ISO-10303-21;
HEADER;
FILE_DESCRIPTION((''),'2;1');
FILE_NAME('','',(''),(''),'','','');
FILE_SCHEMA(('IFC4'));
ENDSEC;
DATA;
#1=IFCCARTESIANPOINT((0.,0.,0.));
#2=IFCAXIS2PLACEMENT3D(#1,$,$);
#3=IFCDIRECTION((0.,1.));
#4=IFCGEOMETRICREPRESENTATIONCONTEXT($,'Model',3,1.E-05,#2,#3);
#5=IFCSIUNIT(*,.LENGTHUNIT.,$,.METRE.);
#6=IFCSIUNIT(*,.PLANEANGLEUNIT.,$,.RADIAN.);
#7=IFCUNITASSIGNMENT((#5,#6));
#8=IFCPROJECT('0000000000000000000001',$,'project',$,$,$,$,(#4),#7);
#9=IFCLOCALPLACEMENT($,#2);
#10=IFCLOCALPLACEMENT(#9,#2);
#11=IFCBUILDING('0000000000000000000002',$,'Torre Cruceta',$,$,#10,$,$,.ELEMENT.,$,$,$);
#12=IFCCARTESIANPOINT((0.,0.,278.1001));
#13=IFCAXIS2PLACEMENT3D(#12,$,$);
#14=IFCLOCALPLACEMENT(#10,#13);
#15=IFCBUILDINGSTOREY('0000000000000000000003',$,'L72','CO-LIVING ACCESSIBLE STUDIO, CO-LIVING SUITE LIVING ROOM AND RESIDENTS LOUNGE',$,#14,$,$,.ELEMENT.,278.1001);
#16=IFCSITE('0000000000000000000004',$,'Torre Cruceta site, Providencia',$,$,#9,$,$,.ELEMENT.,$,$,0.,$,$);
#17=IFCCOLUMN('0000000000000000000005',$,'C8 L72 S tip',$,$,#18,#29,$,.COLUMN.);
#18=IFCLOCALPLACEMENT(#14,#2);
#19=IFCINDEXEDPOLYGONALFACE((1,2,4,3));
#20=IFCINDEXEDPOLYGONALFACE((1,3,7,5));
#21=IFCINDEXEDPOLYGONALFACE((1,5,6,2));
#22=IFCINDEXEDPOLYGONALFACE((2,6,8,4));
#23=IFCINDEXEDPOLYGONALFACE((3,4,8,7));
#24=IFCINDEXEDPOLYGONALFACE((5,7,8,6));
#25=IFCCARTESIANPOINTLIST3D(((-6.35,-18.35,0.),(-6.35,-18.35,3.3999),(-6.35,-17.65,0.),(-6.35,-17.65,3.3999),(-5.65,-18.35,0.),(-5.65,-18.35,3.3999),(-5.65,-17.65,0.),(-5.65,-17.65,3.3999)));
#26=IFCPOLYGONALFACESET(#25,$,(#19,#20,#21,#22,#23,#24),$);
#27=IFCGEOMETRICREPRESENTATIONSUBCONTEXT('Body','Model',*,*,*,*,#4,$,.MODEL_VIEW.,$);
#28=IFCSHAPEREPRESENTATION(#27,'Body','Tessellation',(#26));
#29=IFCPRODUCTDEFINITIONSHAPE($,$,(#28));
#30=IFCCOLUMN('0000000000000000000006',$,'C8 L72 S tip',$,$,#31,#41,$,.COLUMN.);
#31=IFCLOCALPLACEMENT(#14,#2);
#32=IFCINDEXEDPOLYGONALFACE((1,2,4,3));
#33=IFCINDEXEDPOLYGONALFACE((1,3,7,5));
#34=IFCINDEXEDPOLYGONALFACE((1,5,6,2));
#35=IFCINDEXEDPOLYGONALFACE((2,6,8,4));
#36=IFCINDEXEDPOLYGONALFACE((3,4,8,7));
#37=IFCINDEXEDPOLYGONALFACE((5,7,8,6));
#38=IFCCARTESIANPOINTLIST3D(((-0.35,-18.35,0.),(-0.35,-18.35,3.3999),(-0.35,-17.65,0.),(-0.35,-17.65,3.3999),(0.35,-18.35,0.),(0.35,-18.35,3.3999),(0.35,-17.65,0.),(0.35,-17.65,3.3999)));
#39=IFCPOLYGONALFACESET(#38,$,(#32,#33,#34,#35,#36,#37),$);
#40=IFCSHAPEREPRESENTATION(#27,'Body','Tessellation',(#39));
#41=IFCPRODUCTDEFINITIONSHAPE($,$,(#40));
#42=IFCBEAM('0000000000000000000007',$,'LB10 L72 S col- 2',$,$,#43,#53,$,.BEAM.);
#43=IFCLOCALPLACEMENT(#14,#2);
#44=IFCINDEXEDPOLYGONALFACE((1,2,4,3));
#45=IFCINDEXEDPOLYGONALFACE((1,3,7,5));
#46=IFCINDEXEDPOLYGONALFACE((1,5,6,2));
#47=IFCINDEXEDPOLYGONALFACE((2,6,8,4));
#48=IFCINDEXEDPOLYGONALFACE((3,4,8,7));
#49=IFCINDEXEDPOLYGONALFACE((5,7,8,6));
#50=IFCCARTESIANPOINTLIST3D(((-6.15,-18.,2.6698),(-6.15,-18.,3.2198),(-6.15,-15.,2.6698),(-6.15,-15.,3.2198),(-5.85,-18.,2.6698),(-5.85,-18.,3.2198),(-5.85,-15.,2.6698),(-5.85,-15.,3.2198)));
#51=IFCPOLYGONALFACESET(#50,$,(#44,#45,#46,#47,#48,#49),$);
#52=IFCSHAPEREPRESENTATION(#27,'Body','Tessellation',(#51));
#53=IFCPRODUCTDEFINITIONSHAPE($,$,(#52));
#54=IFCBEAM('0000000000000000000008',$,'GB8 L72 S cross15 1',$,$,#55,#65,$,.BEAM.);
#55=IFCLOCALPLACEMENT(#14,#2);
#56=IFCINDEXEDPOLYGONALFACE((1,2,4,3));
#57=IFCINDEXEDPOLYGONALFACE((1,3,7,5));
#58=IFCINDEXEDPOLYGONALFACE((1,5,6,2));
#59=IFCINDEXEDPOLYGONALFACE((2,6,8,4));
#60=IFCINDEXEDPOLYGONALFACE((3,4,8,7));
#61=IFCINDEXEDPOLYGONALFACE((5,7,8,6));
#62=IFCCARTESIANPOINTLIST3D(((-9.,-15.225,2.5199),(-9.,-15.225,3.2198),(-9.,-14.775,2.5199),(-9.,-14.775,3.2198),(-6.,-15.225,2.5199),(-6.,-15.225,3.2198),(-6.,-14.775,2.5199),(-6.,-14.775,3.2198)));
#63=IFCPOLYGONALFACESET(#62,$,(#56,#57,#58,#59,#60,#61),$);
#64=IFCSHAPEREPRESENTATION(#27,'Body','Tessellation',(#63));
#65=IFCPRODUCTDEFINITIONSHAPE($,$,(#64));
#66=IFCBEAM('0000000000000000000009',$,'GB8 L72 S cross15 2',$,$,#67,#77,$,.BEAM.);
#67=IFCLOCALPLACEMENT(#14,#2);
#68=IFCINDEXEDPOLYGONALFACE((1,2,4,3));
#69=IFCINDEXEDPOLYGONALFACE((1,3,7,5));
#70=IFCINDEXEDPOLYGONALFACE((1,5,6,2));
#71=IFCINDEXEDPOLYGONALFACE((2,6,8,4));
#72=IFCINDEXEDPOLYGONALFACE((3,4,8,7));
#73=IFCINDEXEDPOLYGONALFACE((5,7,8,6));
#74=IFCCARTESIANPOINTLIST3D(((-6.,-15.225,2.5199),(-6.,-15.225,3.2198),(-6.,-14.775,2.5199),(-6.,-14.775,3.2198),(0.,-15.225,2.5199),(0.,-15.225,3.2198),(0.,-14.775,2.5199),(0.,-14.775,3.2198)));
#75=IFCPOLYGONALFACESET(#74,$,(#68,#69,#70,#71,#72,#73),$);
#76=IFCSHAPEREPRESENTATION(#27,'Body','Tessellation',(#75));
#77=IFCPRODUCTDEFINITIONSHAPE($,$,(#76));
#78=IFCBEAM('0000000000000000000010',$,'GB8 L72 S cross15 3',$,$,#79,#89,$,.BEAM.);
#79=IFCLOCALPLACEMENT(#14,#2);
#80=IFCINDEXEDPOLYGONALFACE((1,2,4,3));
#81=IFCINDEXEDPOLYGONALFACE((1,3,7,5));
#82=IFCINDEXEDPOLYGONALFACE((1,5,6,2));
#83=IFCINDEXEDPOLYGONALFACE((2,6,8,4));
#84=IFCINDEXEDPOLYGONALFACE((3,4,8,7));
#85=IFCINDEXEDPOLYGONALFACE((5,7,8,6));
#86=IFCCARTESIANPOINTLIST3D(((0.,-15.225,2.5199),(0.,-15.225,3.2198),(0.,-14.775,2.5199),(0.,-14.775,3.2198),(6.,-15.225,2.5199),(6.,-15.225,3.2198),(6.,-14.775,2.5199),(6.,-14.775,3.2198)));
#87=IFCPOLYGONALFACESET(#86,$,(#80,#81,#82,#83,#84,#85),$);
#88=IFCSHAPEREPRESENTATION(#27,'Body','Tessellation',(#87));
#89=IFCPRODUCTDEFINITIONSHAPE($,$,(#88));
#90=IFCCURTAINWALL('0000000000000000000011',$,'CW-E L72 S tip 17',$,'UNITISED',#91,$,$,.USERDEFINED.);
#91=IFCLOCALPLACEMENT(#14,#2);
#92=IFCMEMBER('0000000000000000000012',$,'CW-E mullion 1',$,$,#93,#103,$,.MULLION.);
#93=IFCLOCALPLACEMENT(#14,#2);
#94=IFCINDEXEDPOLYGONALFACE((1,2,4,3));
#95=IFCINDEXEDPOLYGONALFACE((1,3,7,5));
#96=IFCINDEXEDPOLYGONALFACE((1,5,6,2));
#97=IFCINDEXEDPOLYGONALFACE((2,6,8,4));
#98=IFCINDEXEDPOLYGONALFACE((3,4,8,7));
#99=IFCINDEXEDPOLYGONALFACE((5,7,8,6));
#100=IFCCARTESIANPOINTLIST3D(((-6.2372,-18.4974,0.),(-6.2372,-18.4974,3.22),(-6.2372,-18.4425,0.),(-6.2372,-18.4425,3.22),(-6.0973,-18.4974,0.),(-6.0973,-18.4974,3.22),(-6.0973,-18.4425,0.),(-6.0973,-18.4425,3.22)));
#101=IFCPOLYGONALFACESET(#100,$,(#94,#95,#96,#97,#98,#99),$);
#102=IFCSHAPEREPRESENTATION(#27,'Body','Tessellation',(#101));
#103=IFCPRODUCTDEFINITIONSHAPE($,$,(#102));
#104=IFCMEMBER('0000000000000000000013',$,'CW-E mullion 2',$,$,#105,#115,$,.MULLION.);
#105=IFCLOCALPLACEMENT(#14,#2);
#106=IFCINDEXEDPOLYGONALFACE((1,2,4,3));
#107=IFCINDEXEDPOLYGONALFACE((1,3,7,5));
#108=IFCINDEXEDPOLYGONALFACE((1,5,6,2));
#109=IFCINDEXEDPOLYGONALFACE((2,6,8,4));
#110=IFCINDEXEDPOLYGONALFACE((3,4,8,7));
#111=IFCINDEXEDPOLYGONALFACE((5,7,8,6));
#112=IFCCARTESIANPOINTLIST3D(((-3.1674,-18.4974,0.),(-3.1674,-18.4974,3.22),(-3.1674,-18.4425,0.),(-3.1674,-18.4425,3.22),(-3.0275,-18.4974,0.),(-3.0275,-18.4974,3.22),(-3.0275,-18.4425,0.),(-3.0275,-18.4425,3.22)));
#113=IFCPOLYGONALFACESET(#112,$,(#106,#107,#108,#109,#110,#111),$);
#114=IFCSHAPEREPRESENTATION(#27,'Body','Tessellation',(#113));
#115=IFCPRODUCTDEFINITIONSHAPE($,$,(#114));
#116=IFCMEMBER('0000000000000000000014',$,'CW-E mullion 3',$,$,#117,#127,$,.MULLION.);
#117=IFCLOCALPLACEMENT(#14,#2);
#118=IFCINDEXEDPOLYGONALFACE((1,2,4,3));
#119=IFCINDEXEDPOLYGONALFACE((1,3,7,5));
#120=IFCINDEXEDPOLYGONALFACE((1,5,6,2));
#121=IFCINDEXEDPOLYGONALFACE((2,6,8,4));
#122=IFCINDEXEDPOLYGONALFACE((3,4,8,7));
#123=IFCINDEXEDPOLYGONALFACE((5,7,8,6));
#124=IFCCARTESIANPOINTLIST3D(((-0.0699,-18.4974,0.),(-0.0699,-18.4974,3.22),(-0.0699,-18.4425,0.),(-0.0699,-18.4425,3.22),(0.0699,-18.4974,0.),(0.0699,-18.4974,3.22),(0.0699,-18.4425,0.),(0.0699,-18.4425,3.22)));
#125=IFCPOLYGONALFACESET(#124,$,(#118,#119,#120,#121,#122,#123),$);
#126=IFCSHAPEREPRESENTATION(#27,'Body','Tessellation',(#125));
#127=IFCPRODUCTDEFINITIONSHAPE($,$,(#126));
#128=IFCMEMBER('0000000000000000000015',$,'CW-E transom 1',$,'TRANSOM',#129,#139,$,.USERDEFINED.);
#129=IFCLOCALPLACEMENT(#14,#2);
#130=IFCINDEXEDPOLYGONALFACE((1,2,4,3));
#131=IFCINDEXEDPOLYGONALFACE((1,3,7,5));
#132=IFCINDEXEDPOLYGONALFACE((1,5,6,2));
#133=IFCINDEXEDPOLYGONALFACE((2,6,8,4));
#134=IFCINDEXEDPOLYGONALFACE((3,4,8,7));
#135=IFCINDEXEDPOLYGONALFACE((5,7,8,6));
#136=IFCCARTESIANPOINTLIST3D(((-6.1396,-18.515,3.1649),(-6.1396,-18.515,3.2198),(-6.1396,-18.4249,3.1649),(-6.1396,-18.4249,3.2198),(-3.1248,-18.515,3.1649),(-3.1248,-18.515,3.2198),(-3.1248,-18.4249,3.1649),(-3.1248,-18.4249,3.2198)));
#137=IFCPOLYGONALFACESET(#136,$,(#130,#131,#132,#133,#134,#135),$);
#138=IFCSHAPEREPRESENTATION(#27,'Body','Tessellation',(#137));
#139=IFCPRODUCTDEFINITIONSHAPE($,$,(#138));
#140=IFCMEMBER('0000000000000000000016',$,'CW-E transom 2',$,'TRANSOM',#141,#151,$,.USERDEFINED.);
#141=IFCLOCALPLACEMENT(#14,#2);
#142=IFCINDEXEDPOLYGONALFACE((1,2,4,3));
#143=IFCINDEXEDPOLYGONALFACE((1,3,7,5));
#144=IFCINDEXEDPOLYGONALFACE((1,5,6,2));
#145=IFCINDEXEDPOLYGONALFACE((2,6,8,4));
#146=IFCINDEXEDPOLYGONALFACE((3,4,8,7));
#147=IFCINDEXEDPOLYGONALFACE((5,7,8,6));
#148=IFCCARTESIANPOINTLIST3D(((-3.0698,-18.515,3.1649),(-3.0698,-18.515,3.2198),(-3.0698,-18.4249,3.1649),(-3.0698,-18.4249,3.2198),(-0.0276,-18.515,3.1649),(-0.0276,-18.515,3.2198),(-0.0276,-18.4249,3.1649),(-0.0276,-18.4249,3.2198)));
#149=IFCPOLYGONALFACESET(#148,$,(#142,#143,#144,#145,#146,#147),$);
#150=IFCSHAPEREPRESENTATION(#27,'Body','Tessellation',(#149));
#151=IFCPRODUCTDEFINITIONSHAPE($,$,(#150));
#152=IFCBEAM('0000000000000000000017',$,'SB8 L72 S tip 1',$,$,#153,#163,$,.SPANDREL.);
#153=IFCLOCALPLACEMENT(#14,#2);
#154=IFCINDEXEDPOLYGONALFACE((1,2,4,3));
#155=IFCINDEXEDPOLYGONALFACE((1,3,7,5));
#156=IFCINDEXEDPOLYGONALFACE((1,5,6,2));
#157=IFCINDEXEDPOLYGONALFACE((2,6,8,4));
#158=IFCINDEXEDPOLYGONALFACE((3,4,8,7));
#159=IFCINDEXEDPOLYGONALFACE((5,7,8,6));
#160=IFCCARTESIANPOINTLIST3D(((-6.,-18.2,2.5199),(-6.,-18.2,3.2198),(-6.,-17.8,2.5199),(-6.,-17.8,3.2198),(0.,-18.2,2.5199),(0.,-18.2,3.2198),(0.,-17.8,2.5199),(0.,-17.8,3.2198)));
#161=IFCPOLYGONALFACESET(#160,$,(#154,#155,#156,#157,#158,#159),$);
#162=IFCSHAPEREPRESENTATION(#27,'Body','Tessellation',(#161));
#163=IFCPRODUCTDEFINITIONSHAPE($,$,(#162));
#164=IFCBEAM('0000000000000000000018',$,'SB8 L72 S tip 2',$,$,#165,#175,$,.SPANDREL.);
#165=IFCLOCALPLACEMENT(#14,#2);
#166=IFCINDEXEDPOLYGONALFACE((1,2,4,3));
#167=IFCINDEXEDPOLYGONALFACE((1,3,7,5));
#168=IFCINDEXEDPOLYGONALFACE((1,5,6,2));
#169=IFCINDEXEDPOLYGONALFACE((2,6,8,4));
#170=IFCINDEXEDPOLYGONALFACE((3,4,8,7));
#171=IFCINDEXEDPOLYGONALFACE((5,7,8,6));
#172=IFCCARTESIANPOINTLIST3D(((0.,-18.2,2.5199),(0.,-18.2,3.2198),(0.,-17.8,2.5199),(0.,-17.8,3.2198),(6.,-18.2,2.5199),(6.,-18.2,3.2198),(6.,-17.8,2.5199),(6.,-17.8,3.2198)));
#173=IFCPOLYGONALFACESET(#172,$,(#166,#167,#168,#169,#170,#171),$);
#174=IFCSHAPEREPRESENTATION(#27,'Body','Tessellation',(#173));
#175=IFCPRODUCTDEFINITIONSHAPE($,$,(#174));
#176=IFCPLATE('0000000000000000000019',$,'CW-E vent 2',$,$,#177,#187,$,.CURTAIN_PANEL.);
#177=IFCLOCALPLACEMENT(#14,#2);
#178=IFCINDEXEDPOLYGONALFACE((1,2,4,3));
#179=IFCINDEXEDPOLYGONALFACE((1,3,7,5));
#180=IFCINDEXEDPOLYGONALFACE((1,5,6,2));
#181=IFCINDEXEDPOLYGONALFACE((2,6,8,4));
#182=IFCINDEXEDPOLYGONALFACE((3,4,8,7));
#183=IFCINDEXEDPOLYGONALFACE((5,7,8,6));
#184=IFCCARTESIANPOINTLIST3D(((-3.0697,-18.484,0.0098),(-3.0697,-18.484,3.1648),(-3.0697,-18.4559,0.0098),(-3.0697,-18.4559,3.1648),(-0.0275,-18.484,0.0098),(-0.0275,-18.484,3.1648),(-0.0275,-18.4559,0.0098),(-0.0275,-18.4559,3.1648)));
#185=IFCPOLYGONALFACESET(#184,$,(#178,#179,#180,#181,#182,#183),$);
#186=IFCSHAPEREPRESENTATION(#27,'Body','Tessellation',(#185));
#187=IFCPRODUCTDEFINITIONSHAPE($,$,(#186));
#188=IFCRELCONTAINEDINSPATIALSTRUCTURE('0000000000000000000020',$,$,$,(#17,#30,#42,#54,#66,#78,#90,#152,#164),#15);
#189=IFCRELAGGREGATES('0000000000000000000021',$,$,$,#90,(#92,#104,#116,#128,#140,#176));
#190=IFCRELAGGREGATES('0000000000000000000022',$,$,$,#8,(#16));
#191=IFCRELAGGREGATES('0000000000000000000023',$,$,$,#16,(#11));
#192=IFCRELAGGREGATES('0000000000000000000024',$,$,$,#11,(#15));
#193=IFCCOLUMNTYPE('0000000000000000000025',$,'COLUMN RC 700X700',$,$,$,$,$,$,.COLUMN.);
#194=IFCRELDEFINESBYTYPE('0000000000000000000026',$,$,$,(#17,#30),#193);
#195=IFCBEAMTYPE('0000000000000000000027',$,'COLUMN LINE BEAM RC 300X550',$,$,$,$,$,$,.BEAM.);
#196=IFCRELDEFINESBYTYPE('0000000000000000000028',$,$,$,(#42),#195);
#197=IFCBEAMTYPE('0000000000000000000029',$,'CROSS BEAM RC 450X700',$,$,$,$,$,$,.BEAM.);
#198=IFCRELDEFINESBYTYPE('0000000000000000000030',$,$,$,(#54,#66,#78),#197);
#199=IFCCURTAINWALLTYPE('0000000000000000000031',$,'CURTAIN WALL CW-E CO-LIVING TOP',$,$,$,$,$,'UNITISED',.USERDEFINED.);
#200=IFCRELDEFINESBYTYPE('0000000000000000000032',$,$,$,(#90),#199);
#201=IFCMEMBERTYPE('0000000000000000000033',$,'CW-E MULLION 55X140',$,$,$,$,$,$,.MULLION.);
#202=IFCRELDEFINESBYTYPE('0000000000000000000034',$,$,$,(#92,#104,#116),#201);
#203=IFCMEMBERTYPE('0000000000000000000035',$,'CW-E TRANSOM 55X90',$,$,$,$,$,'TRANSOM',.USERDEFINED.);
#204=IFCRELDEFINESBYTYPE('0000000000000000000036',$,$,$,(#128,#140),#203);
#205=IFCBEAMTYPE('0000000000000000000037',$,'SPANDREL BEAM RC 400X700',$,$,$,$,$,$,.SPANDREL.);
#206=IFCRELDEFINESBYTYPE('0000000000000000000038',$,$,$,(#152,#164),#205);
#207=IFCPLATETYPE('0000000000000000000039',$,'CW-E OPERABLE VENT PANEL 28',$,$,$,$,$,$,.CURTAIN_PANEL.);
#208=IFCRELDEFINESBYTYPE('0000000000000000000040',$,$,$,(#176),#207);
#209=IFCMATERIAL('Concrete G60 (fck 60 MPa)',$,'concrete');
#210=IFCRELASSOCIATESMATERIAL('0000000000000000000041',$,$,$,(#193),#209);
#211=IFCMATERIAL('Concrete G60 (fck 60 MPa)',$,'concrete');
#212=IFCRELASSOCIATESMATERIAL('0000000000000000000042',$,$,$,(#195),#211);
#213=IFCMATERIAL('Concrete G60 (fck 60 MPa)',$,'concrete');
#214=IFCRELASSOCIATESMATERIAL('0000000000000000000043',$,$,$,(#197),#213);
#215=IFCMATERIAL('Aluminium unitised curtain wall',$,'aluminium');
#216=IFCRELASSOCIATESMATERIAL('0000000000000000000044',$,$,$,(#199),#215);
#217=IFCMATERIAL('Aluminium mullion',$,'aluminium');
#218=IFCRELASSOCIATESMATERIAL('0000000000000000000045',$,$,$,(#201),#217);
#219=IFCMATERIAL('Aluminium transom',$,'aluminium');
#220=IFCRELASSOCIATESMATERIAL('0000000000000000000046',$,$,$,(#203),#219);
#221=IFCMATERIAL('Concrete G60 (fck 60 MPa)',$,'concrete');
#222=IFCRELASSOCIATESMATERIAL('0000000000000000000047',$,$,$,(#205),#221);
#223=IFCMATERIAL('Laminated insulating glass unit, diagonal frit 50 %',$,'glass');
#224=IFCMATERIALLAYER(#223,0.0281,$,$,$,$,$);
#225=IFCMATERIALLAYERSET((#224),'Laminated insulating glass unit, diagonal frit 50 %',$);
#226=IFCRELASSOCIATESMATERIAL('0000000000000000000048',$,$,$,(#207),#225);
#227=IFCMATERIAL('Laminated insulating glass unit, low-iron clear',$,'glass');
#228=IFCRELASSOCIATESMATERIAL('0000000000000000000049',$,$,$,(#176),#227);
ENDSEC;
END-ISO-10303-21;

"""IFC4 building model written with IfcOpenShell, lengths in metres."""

from ifc_helpers import new_model, si_unit, direction, frame, origin, origin_2d, place, context, subcontext, project, spatial, rectangle, extrude, material, layer, layer_set, material_profile, profile_set, type_object, element, aggregate, save


model = new_model("IFC4")

# Units and contexts
model_context = context("Model", 3, precision=1e-05, world=origin(), true_north=direction((0.0, 1.0)))
body_context = subcontext(model_context, "Body", "Model", "MODEL_VIEW")
ifc_project = project(units=[si_unit("LENGTHUNIT", "METRE"), si_unit("PLANEANGLEUNIT", "RADIAN")], contexts=[model_context])

# Site, building, storey
site_placement = place(None, origin())
site = spatial("IfcSite", under=ifc_project, at=site_placement, Name="Torre Cruceta site, Providencia", CompositionType="ELEMENT", RefElevation=0.0)
building_placement = place(site_placement, origin())
building = spatial("IfcBuilding", under=site, at=building_placement, Name="Torre Cruceta", CompositionType="ELEMENT")
storey_placement = place(building_placement, frame((0.0, 0.0, 278.1001)))
storey = spatial("IfcBuildingStorey", under=building, at=storey_placement, Name="L72", Description="CO-LIVING ACCESSIBLE STUDIO, CO-LIVING SUITE LIVING ROOM AND RESIDENTS LOUNGE", CompositionType="ELEMENT", Elevation=278.1001)

# Columns
ifc_material_1 = material(Name="Concrete G60 (fck 60 MPa)", Category="concrete")
ifc_material_profile_1 = material_profile(ifc_material_1, rectangle(XDim=0.7, YDim=0.7, at=origin_2d()), Name="RC 700X700")
ifc_profile_set_1 = profile_set([ifc_material_profile_1], Name="Concrete G60 (fck 60 MPa)")
column_type = type_object("IfcColumnType", Name="COLUMN RC 700X700", PredefinedType="COLUMN", material=ifc_profile_set_1)
for number, where, z_axis, x_axis, name in (
    (1, (-6.0, -18.0, 0.0), (0.0, 0.0, 1.0), (1.0, 0.0, 0.0), "C8 L72 S tip"),
    (2, (0.0, -18.0, 0.0), (0.0, 0.0, 1.0), (1.0, 0.0, 0.0), "C8 L72 S tip"),
):
    element("IfcColumn", number, at=place(storey_placement, frame(where, z_axis=z_axis, x_axis=x_axis)), inside=storey, type_object=column_type, Name=name, PredefinedType="COLUMN", context=body_context, shape_type="SweptSolid", body=[
        extrude(rectangle(XDim=0.7, YDim=0.7, at=origin_2d()), origin(), (0.0, 0.0, 1.0), 3.3999),
    ])

# Beams
ifc_material_2 = material(Name="Concrete G60 (fck 60 MPa)", Category="concrete")
ifc_material_profile_2 = material_profile(ifc_material_2, rectangle(XDim=0.3, YDim=0.55, at=origin_2d()), Name="RC 300X550")
ifc_profile_set_2 = profile_set([ifc_material_profile_2], Name="Concrete G60 (fck 60 MPa)")
beam_type_1 = type_object("IfcBeamType", Name="COLUMN LINE BEAM RC 300X550", PredefinedType="BEAM", material=ifc_profile_set_2)
beam_1_placement = place(storey_placement, frame((-6.0, -15.0, 2.9448), z_axis=(0.0, -1.0, 0.0), x_axis=(1.0, 0.0, 0.0)))
element("IfcBeam", 3, at=beam_1_placement, inside=storey, type_object=beam_type_1, Name="LB10 L72 S col- 2", PredefinedType="BEAM", context=body_context, shape_type="SweptSolid", body=[
    extrude(rectangle(XDim=0.3, YDim=0.55, at=origin_2d()), origin(), (0.0, 0.0, 1.0), 3.0),
])
ifc_material_3 = material(Name="Concrete G60 (fck 60 MPa)", Category="concrete")
ifc_material_profile_3 = material_profile(ifc_material_3, rectangle(XDim=0.45, YDim=0.7, at=origin_2d()), Name="RC 450X700")
ifc_profile_set_3 = profile_set([ifc_material_profile_3], Name="Concrete G60 (fck 60 MPa)")
beam_type_2 = type_object("IfcBeamType", Name="CROSS BEAM RC 450X700", PredefinedType="BEAM", material=ifc_profile_set_3)
beam_2_placement = place(storey_placement, frame((-9.0, -15.0, 2.8699), z_axis=(1.0, 0.0, 0.0), x_axis=(0.0, 1.0, 0.0)))
element("IfcBeam", 4, at=beam_2_placement, inside=storey, type_object=beam_type_2, Name="GB8 L72 S cross15 1", PredefinedType="BEAM", context=body_context, shape_type="SweptSolid", body=[
    extrude(rectangle(XDim=0.45, YDim=0.7, at=origin_2d()), origin(), (0.0, 0.0, 1.0), 3.0),
])
for number, where, z_axis, x_axis, name in (
    (5, (-6.0, -15.0, 2.8699), (1.0, 0.0, 0.0), (0.0, 1.0, 0.0), "GB8 L72 S cross15 2"),
    (6, (0.0, -15.0, 2.8699), (1.0, 0.0, 0.0), (0.0, 1.0, 0.0), "GB8 L72 S cross15 3"),
):
    element("IfcBeam", number, at=place(storey_placement, frame(where, z_axis=z_axis, x_axis=x_axis)), inside=storey, type_object=beam_type_2, Name=name, PredefinedType="BEAM", context=body_context, shape_type="SweptSolid", body=[
        extrude(rectangle(XDim=0.45, YDim=0.7, at=origin_2d()), origin(), (0.0, 0.0, 1.0), 6.0),
    ])

# Curtain wall, members
ifc_material_4 = material(Name="Aluminium unitised curtain wall", Category="aluminium")
curtain_wall_type = type_object("IfcCurtainWallType", Name="CURTAIN WALL CW-E CO-LIVING TOP", ElementType="UNITISED", PredefinedType="USERDEFINED", material=ifc_material_4)
curtain_wall_placement = place(storey_placement, origin())
curtain_wall = element("IfcCurtainWall", 7, at=curtain_wall_placement, inside=storey, type_object=curtain_wall_type, Name="CW-E L72 S tip 17", ObjectType="UNITISED", PredefinedType="USERDEFINED")
ifc_material_5 = material(Name="Aluminium mullion", Category="aluminium")
ifc_material_profile_4 = material_profile(ifc_material_5, rectangle(XDim=0.0549, YDim=0.1399, at=origin_2d()), Name="AL 55X140")
ifc_profile_set_4 = profile_set([ifc_material_profile_4], Name="Aluminium mullion")
member_type_1 = type_object("IfcMemberType", Name="CW-E MULLION 55X140", PredefinedType="MULLION", material=ifc_profile_set_4)
member_1_placement = place(storey_placement, frame((-6.1672, -18.47, 0.0), z_axis=(0.0, 0.0, 1.0), x_axis=(0.0, 1.0, 0.0)))
member_1 = element("IfcMember", 8, at=member_1_placement, type_object=member_type_1, Name="CW-E mullion 1", PredefinedType="MULLION", context=body_context, shape_type="SweptSolid", body=[
    extrude(rectangle(XDim=0.0549, YDim=0.1399, at=origin_2d()), origin(), (0.0, 0.0, 1.0), 3.22),
])
member_2_placement = place(storey_placement, frame((-3.0974, -18.47, 0.0), z_axis=(0.0, 0.0, 1.0), x_axis=(0.0, 1.0, 0.0)))
member_2 = element("IfcMember", 9, at=member_2_placement, type_object=member_type_1, Name="CW-E mullion 2", PredefinedType="MULLION", context=body_context, shape_type="SweptSolid", body=[
    extrude(rectangle(XDim=0.0549, YDim=0.1399, at=origin_2d()), origin(), (0.0, 0.0, 1.0), 3.22),
])
member_3_placement = place(storey_placement, frame((0.0, -18.47, 0.0), z_axis=(0.0, 0.0, 1.0), x_axis=(0.0, 1.0, 0.0)))
member_3 = element("IfcMember", 10, at=member_3_placement, type_object=member_type_1, Name="CW-E mullion 3", PredefinedType="MULLION", context=body_context, shape_type="SweptSolid", body=[
    extrude(rectangle(XDim=0.0549, YDim=0.1399, at=origin_2d()), origin(), (0.0, 0.0, 1.0), 3.22),
])
ifc_material_6 = material(Name="Aluminium transom", Category="aluminium")
ifc_material_profile_5 = material_profile(ifc_material_6, rectangle(XDim=0.0901, YDim=0.0549, at=origin_2d()), Name="AL 90X55")
ifc_profile_set_5 = profile_set([ifc_material_profile_5], Name="Aluminium transom")
member_type_2 = type_object("IfcMemberType", Name="CW-E TRANSOM 55X90", ElementType="TRANSOM", PredefinedType="USERDEFINED", material=ifc_profile_set_5)
member_4_placement = place(storey_placement, frame((-6.1396, -18.47, 3.1924), z_axis=(1.0, 0.0, 0.0), x_axis=(0.0, 1.0, 0.0)))
member_4 = element("IfcMember", 11, at=member_4_placement, type_object=member_type_2, Name="CW-E transom 1", ObjectType="TRANSOM", PredefinedType="USERDEFINED", context=body_context, shape_type="SweptSolid", body=[
    extrude(rectangle(XDim=0.0901, YDim=0.0549, at=origin_2d()), origin(), (0.0, 0.0, 1.0), 3.0149),
])
member_5_placement = place(storey_placement, frame((-3.0698, -18.47, 3.1924), z_axis=(1.0, 0.0, 0.0), x_axis=(0.0, 1.0, 0.0)))
member_5 = element("IfcMember", 12, at=member_5_placement, type_object=member_type_2, Name="CW-E transom 2", ObjectType="TRANSOM", PredefinedType="USERDEFINED", context=body_context, shape_type="SweptSolid", body=[
    extrude(rectangle(XDim=0.0901, YDim=0.0549, at=origin_2d()), origin(), (0.0, 0.0, 1.0), 3.0422),
])

# Beams
ifc_material_7 = material(Name="Concrete G60 (fck 60 MPa)", Category="concrete")
ifc_material_profile_6 = material_profile(ifc_material_7, rectangle(XDim=0.3999, YDim=0.7, at=origin_2d()), Name="RC 400X700")
ifc_profile_set_6 = profile_set([ifc_material_profile_6], Name="Concrete G60 (fck 60 MPa)")
beam_type_3 = type_object("IfcBeamType", Name="SPANDREL BEAM RC 400X700", PredefinedType="SPANDREL", material=ifc_profile_set_6)
for number, where, z_axis, x_axis, name in (
    (13, (-6.0, -18.0, 2.8699), (1.0, 0.0, 0.0), (0.0, 1.0, 0.0), "SB8 L72 S tip 1"),
    (14, (0.0, -18.0, 2.8699), (1.0, 0.0, 0.0), (0.0, 1.0, 0.0), "SB8 L72 S tip 2"),
):
    element("IfcBeam", number, at=place(storey_placement, frame(where, z_axis=z_axis, x_axis=x_axis)), inside=storey, type_object=beam_type_3, Name=name, PredefinedType="SPANDREL", context=body_context, shape_type="SweptSolid", body=[
        extrude(rectangle(XDim=0.3999, YDim=0.7, at=origin_2d()), origin(), (0.0, 0.0, 1.0), 6.0),
    ])

# Plate
ifc_material_8 = material(Name="Laminated insulating glass unit, low-iron clear", Category="glass")
ifc_material_9 = material(Name="Laminated insulating glass unit, diagonal frit 50 %", Category="glass")
ifc_layer_1 = layer(ifc_material_9, 0.0281)
ifc_layer_set_1 = layer_set([ifc_layer_1], Name="Laminated insulating glass unit, diagonal frit 50 %")
plate_type_1 = type_object("IfcPlateType", Name="CW-E OPERABLE VENT PANEL 28", PredefinedType="CURTAIN_PANEL", material=ifc_layer_set_1)
plate_1_placement = place(storey_placement, frame((-1.5486, -18.47, 0.0098), z_axis=(0.0, 0.0, 1.0), x_axis=(1.0, 0.0, 0.0)))
plate_1 = element("IfcPlate", 15, at=plate_1_placement, type_object=plate_type_1, material=ifc_material_8, Name="CW-E vent 2", PredefinedType="CURTAIN_PANEL", context=body_context, shape_type="SweptSolid", body=[
    extrude(rectangle(XDim=3.0422, YDim=0.0281, at=origin_2d()), origin(), (0.0, 0.0, 1.0), 3.155),
])
aggregate(curtain_wall, [member_1, member_2, member_3, member_4, member_5, plate_1])

save(model, "model.ifc")
